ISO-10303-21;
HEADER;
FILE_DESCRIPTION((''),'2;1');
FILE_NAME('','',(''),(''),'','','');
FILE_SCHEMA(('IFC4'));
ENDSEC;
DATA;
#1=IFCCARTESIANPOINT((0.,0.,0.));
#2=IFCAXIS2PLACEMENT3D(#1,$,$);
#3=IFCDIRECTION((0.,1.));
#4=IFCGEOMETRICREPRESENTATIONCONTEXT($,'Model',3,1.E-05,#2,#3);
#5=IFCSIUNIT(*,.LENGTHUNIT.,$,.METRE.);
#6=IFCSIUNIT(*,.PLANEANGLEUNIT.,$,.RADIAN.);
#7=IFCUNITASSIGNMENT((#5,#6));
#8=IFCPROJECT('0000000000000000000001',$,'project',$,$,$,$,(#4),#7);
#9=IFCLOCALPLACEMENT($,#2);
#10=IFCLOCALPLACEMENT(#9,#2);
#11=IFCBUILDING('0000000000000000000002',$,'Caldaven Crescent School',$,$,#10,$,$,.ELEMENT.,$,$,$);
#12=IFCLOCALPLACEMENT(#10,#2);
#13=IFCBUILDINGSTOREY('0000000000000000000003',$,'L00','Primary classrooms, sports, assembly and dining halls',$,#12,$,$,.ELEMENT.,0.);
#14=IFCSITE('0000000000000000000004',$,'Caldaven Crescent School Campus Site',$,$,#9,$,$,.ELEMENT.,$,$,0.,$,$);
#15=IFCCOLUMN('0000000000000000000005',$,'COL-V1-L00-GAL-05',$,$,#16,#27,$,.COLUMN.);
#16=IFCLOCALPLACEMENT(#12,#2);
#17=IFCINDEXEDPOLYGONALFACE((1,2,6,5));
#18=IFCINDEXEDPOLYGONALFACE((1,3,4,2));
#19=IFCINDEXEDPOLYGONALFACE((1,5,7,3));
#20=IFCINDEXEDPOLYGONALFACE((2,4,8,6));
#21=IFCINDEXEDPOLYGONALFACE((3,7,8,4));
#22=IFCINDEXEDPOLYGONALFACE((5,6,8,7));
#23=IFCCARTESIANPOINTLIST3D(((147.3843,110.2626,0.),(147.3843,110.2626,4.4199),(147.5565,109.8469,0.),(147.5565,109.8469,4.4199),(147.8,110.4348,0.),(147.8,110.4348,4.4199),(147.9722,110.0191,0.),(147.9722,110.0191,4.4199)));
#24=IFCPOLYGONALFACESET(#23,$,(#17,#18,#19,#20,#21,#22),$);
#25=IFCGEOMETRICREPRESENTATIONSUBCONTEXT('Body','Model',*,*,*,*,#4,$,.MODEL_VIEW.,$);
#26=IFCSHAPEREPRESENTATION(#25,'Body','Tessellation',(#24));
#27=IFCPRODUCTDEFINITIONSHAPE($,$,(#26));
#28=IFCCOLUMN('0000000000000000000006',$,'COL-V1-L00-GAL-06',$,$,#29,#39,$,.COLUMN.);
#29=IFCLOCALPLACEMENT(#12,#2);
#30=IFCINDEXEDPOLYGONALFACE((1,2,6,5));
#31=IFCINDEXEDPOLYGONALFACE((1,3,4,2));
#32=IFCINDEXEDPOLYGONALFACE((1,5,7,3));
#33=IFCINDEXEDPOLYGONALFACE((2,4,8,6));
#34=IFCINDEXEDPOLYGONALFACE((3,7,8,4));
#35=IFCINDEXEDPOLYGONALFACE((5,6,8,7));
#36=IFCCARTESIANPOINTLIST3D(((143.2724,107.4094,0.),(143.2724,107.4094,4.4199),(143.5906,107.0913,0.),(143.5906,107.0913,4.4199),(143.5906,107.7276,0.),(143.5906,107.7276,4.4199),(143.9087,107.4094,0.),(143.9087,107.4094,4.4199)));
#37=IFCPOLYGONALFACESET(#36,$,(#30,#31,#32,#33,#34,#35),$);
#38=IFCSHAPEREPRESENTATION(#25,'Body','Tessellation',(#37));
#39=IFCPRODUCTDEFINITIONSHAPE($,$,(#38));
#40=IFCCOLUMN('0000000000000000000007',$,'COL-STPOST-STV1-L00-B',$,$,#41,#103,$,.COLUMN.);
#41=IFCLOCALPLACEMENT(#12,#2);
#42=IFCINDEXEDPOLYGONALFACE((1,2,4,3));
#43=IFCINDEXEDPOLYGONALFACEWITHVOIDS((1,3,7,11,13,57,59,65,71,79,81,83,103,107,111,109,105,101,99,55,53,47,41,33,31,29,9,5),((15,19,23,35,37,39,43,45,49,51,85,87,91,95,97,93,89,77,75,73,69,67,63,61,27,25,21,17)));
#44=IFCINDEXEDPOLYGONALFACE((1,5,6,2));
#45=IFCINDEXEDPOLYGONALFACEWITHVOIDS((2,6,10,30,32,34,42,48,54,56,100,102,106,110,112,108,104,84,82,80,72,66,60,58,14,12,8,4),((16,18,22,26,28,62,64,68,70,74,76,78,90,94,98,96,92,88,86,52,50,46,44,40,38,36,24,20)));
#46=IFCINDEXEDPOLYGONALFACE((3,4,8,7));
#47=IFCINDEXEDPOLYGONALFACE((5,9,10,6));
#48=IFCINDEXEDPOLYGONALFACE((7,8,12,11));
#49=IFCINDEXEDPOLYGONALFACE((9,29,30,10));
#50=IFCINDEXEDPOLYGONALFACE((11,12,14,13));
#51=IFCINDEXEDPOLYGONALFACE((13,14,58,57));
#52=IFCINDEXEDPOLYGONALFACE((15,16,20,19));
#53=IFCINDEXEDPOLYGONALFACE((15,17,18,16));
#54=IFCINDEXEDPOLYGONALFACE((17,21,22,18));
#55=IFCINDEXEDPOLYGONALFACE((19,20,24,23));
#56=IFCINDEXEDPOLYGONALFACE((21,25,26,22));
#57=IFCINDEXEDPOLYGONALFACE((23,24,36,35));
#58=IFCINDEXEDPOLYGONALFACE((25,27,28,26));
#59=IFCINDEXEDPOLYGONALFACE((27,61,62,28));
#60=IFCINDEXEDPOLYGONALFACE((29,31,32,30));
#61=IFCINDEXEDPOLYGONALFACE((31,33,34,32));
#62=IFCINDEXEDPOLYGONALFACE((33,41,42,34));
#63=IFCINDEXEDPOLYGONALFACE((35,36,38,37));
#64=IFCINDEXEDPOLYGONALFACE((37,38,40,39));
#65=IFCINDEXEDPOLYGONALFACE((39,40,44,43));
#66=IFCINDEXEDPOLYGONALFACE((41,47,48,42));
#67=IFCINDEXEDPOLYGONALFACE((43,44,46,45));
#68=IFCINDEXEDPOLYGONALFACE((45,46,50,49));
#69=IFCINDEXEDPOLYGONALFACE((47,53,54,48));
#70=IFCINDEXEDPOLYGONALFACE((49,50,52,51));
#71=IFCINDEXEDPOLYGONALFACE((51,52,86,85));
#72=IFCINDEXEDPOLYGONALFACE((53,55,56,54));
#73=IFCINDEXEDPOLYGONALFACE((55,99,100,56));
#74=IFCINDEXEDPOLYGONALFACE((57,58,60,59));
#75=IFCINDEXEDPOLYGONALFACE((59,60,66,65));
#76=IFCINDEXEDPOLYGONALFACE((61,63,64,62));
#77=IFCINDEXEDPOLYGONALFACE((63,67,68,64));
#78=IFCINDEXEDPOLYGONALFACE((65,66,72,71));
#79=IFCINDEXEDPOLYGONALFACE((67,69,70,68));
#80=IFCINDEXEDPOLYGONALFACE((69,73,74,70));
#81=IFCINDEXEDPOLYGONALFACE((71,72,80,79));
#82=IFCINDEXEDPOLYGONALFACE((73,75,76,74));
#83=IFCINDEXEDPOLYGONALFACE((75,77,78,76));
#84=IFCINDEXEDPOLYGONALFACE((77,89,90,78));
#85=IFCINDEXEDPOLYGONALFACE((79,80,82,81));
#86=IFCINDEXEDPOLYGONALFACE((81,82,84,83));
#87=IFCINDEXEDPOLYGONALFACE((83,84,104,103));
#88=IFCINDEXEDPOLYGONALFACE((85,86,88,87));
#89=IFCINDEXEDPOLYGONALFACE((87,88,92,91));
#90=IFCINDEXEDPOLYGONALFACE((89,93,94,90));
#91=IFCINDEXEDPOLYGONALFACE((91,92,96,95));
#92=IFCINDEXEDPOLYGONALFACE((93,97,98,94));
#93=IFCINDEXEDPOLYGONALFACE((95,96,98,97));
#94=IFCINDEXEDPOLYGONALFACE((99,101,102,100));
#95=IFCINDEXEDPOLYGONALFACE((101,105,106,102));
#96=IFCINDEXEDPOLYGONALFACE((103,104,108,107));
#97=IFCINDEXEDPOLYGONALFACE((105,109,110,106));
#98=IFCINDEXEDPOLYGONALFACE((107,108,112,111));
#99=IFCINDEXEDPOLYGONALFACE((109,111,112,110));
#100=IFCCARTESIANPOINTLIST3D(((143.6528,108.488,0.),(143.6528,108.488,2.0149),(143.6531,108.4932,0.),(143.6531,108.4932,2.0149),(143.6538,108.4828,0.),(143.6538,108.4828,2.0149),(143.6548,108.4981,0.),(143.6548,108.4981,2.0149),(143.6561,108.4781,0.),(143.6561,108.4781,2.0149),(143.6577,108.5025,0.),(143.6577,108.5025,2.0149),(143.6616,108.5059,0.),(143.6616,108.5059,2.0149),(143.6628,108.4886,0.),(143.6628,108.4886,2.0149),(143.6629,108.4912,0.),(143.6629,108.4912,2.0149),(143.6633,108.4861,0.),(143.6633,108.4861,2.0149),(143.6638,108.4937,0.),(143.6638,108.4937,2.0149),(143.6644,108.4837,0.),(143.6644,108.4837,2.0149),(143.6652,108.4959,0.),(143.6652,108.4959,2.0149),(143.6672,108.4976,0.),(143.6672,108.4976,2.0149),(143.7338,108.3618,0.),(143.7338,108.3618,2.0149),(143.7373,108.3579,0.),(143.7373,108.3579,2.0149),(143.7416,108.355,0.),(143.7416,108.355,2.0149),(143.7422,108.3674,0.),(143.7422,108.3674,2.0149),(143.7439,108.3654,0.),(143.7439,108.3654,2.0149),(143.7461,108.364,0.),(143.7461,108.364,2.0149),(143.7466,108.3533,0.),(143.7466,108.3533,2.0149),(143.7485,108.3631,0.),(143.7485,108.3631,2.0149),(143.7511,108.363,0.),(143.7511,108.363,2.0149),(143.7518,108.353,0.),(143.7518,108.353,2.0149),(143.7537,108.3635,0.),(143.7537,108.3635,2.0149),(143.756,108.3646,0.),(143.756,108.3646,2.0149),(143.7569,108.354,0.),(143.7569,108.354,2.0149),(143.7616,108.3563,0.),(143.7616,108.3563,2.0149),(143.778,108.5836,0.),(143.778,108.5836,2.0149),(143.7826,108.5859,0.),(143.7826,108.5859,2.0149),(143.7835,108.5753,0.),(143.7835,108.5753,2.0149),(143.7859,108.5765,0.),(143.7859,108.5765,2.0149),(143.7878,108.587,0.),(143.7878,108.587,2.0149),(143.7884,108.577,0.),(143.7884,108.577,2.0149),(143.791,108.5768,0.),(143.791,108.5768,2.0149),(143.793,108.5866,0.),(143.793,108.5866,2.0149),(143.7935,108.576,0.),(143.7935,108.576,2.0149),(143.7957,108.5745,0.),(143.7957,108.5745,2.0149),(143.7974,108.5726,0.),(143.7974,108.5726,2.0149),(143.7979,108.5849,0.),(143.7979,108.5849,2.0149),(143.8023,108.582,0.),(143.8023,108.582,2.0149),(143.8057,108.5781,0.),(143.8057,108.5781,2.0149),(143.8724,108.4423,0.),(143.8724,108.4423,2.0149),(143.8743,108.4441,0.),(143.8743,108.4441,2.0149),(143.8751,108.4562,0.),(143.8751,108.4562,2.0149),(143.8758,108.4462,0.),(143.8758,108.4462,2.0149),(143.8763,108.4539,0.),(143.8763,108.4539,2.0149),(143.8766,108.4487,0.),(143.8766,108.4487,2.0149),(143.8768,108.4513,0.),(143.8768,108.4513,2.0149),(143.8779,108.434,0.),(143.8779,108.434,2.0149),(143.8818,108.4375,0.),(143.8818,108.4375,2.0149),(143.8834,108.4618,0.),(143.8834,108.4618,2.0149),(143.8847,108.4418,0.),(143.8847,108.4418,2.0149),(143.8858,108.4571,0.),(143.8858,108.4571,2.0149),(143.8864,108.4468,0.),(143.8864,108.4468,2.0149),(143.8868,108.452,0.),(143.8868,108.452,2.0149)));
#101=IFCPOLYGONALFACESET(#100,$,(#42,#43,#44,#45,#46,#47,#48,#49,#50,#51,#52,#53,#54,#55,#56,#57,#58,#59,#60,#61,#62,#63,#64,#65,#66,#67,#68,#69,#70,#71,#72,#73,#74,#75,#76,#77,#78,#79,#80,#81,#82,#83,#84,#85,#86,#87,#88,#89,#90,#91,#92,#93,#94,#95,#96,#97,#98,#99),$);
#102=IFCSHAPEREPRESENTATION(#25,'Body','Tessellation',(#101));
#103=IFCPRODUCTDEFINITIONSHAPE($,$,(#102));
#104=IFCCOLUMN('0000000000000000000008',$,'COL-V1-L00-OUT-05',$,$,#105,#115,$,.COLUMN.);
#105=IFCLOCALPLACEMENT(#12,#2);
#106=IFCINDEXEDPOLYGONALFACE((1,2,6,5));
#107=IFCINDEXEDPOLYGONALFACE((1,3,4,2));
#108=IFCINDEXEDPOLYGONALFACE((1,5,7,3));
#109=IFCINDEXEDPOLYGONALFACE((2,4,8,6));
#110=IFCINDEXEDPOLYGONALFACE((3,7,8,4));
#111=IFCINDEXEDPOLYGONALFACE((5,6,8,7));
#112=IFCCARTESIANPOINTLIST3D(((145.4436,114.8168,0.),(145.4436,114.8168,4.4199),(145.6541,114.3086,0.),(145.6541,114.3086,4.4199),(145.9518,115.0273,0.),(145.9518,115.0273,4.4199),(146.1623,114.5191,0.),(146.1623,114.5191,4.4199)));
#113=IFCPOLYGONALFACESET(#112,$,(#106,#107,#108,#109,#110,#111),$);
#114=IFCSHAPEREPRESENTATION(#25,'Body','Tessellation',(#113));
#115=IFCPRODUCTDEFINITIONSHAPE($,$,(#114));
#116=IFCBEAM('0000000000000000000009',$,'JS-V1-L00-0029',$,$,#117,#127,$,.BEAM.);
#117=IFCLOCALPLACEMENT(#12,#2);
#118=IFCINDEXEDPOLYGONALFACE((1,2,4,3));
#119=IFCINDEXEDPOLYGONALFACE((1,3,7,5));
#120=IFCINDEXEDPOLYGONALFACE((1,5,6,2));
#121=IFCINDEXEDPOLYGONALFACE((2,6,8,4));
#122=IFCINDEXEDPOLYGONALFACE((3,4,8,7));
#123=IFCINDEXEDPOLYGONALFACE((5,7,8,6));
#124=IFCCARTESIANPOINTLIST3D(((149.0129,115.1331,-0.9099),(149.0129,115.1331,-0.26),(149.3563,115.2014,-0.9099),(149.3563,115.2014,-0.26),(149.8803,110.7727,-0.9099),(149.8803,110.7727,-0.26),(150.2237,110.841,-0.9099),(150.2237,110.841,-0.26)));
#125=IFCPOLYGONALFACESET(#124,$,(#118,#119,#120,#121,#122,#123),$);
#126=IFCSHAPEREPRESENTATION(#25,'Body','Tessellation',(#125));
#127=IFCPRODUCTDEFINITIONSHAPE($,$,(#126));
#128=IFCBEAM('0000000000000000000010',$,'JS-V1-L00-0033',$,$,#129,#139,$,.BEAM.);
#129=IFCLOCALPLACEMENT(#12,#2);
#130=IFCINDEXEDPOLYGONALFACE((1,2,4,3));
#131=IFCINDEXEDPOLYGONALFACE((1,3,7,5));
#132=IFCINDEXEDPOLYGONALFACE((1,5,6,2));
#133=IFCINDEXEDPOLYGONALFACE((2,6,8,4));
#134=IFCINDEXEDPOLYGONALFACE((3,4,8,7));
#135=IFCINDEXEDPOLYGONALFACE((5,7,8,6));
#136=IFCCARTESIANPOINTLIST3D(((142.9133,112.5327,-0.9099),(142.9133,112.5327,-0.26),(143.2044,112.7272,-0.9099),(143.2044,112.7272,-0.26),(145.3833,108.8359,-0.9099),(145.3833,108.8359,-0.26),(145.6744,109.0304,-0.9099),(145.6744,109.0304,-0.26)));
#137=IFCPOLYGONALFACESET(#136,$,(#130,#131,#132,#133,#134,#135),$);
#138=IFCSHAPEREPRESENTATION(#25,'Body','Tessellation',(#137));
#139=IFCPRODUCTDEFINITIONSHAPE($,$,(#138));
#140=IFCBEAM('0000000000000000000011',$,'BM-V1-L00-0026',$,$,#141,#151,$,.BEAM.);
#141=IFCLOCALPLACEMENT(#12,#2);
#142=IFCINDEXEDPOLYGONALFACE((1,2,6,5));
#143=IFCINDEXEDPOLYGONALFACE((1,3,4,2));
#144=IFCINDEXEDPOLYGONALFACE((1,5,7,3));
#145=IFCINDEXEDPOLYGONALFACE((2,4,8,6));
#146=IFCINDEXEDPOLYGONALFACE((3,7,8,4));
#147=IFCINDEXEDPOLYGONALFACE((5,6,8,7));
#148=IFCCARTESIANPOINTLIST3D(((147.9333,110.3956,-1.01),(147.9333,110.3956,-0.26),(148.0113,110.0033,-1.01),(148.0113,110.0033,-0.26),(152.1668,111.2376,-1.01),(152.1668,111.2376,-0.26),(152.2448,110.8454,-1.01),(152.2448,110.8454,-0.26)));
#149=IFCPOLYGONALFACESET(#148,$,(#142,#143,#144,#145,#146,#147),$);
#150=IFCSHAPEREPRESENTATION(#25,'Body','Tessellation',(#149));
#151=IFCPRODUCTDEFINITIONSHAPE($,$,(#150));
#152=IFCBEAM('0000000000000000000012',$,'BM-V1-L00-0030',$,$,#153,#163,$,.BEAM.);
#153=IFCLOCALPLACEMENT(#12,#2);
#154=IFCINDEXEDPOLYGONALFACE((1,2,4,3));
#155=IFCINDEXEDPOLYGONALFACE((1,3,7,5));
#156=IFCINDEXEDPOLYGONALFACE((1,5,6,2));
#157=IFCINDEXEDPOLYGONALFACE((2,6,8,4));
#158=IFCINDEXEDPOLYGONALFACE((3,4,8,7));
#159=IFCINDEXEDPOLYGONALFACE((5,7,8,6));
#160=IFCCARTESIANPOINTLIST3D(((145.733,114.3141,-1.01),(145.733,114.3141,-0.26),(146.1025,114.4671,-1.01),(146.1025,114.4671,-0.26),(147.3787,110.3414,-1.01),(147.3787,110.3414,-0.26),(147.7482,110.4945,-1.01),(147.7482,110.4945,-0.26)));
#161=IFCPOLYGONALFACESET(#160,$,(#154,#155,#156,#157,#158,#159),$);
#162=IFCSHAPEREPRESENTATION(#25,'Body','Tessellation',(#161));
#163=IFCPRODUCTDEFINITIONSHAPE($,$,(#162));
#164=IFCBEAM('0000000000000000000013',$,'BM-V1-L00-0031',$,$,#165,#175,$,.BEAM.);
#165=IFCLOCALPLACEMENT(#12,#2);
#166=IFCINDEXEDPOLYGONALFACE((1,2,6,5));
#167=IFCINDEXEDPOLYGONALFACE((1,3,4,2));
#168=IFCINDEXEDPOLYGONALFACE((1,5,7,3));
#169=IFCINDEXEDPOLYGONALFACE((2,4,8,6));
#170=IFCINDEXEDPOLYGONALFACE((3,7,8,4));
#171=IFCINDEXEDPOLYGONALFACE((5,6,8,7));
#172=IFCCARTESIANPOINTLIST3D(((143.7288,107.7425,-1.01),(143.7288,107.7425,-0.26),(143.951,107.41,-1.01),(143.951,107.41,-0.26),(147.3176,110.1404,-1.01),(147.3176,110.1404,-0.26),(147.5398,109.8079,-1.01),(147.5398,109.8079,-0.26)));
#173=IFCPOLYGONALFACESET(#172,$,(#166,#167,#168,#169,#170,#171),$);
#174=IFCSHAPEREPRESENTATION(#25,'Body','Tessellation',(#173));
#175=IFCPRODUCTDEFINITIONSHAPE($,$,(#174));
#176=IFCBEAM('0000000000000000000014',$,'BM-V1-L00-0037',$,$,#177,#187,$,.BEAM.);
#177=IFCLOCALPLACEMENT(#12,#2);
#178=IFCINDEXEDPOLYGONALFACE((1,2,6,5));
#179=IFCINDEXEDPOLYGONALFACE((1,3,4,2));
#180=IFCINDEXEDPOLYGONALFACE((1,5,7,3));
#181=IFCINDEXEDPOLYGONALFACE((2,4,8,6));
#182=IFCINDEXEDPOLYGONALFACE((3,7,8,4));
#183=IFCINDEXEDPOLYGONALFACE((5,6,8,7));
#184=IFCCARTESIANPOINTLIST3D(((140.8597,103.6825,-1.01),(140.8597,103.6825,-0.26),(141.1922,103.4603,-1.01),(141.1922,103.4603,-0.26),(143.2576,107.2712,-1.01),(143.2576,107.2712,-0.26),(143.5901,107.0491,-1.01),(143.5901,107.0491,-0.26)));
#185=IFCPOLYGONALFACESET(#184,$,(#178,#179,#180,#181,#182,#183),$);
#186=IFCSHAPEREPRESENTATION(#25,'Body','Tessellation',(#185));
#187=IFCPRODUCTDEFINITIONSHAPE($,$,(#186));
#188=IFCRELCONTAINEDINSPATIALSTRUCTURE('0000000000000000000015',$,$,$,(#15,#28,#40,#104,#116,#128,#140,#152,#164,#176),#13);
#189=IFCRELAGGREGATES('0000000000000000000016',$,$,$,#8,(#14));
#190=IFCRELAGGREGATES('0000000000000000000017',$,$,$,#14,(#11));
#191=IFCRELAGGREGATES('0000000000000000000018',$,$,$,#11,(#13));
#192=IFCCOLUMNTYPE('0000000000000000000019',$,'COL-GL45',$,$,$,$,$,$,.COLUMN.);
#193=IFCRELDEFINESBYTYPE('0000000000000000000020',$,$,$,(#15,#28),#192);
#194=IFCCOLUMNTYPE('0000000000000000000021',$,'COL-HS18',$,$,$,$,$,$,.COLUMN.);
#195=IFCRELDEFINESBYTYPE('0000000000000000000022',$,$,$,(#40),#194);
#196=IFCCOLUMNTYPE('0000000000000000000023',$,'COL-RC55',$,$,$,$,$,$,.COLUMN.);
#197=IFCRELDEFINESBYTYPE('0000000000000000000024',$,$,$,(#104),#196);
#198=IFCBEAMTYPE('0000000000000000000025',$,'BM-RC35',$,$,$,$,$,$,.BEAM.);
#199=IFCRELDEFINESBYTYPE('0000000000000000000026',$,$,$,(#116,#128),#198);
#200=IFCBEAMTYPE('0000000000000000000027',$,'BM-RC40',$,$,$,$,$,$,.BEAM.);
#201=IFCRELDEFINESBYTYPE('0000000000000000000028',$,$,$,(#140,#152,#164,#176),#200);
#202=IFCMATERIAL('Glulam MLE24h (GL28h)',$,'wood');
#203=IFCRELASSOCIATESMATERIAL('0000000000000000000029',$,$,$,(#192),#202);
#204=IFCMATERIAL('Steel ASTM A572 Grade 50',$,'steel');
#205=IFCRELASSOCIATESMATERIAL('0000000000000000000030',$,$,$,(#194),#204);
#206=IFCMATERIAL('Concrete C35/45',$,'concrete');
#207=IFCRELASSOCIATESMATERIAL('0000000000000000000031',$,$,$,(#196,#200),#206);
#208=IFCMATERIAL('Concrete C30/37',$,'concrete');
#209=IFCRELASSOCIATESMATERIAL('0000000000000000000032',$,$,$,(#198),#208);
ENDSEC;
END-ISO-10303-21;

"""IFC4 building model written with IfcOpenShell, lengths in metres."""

from ifc_helpers import new_model, si_unit, direction, frame, origin, origin_2d, place, context, subcontext, project, spatial, rectangle, hollow_rectangle, extrude, material, material_profile, profile_set, type_object, element, save


model = new_model("IFC4")

# Units and contexts
model_context = context("Model", 3, precision=1e-05, world=origin(), true_north=direction((0.0, 1.0)))
body_context = subcontext(model_context, "Body", "Model", "MODEL_VIEW")
ifc_project = project(units=[si_unit("LENGTHUNIT", "METRE"), si_unit("PLANEANGLEUNIT", "RADIAN")], contexts=[model_context])

# Site, building, storey
site_placement = place(None, origin())
site = spatial("IfcSite", under=ifc_project, at=site_placement, Name="Caldaven Crescent School Campus Site", CompositionType="ELEMENT", RefElevation=0.0)
building_placement = place(site_placement, origin())
building = spatial("IfcBuilding", under=site, at=building_placement, Name="Caldaven Crescent School", CompositionType="ELEMENT")
storey_placement = place(building_placement, origin())
storey = spatial("IfcBuildingStorey", under=building, at=storey_placement, Name="L00", Description="Primary classrooms, sports, assembly and dining halls", CompositionType="ELEMENT", Elevation=0.0)

# Columns
ifc_material_1 = material(Name="Glulam MLE24h (GL28h)", Category="wood")
ifc_material_profile_1 = material_profile(ifc_material_1, rectangle(XDim=0.45, YDim=0.45, at=origin_2d()), Name="MLE 450x450")
ifc_profile_set_1 = profile_set([ifc_material_profile_1], Name="Glulam MLE24h (GL28h)")
column_type_1 = type_object("IfcColumnType", Name="COL-GL45", PredefinedType="COLUMN", material=ifc_profile_set_1)
for number, where, z_axis, x_axis, name in (
    (1, (147.6782, 110.1409, 0.0), (0.0, 0.0, 1.0), (-0.382683, 0.92388, 0.0), "COL-V1-L00-GAL-05"),
    (2, (143.5906, 107.4094, 0.0), (0.0, 0.0, 1.0), (-0.707107, 0.707107, 0.0), "COL-V1-L00-GAL-06"),
):
    element("IfcColumn", number, at=place(storey_placement, frame(where, z_axis=z_axis, x_axis=x_axis)), inside=storey, type_object=column_type_1, Name=name, PredefinedType="COLUMN", context=body_context, shape_type="SweptSolid", body=[
        extrude(rectangle(XDim=0.45, YDim=0.45, at=origin_2d()), origin(), (0.0, 0.0, 1.0), 4.4199),
    ])
ifc_material_2 = material(Name="Steel ASTM A572 Grade 50", Category="steel")
ifc_material_profile_2 = material_profile(ifc_material_2, hollow_rectangle(XDim=0.1799, YDim=0.1799, WallThickness=0.01, InnerFilletRadius=0.01, OuterFilletRadius=0.02, at=origin_2d()), Name="HSS 180x180x10")
ifc_profile_set_2 = profile_set([ifc_material_profile_2], Name="Steel ASTM A572 Grade 50")
column_type_2 = type_object("IfcColumnType", Name="COL-HS18", PredefinedType="COLUMN", material=ifc_profile_set_2)
column_1_placement = place(storey_placement, frame((143.7698, 108.47, 0.0), z_axis=(0.0, 0.0, 1.0), x_axis=(-0.83147, -0.55557, 0.0)))
element("IfcColumn", 3, at=column_1_placement, inside=storey, type_object=column_type_2, Name="COL-STPOST-STV1-L00-B", PredefinedType="COLUMN", context=body_context, shape_type="SweptSolid", body=[
    extrude(hollow_rectangle(XDim=0.1799, YDim=0.1799, WallThickness=0.01, InnerFilletRadius=0.01, OuterFilletRadius=0.02, at=origin_2d()), origin(), (0.0, 0.0, 1.0), 2.0149),
])
ifc_material_3 = material(Name="Concrete C35/45", Category="concrete")
ifc_material_profile_3 = material_profile(ifc_material_3, rectangle(XDim=0.55, YDim=0.55, at=origin_2d()), Name="RC 550x550")
ifc_profile_set_3 = profile_set([ifc_material_profile_3], Name="Concrete C35/45")
column_type_3 = type_object("IfcColumnType", Name="COL-RC55", PredefinedType="COLUMN", material=ifc_profile_set_3)
column_2_placement = place(storey_placement, frame((145.803, 114.668, 0.0), z_axis=(0.0, 0.0, 1.0), x_axis=(-0.382683, 0.92388, 0.0)))
element("IfcColumn", 4, at=column_2_placement, inside=storey, type_object=column_type_3, Name="COL-V1-L00-OUT-05", PredefinedType="COLUMN", context=body_context, shape_type="SweptSolid", body=[
    extrude(rectangle(XDim=0.55, YDim=0.55, at=origin_2d()), origin(), (0.0, 0.0, 1.0), 4.4199),
])

# Beams
ifc_material_4 = material(Name="Concrete C30/37", Category="concrete")
ifc_material_profile_4 = material_profile(ifc_material_4, rectangle(XDim=0.3501, YDim=0.6499, at=origin_2d()), Name="RC 350x650")
ifc_profile_set_4 = profile_set([ifc_material_profile_4], Name="Concrete C30/37")
beam_type_1 = type_object("IfcBeamType", Name="BM-RC35", PredefinedType="BEAM", material=ifc_profile_set_4)
beam_1_placement = place(storey_placement, frame((150.052, 110.8069, -0.585), z_axis=(-0.195113, 0.980781, 0.0), x_axis=(-0.980781, -0.195113, 0.0)))
element("IfcBeam", 5, at=beam_1_placement, inside=storey, type_object=beam_type_1, Name="JS-V1-L00-0029", PredefinedType="BEAM", context=body_context, shape_type="SweptSolid", body=[
    extrude(rectangle(XDim=0.3501, YDim=0.6499, at=origin_2d()), origin(), (0.0, 0.0, 1.0), 4.4458),
])
beam_2_placement = place(storey_placement, frame((145.5288, 108.9331, -0.585), z_axis=(-0.555549, 0.831484, 0.0), x_axis=(-0.831484, -0.555549, 0.0)))
element("IfcBeam", 6, at=beam_2_placement, inside=storey, type_object=beam_type_1, Name="JS-V1-L00-0033", PredefinedType="BEAM", context=body_context, shape_type="SweptSolid", body=[
    extrude(rectangle(XDim=0.3501, YDim=0.6499, at=origin_2d()), origin(), (0.0, 0.0, 1.0), 4.446),
])
ifc_material_profile_5 = material_profile(ifc_material_3, rectangle(XDim=0.3999, YDim=0.75, at=origin_2d()), Name="RC 400x750")
ifc_profile_set_5 = profile_set([ifc_material_profile_5], Name="Concrete C35/45")
beam_type_2 = type_object("IfcBeamType", Name="BM-RC40", PredefinedType="BEAM", material=ifc_profile_set_5)
beam_3_placement = place(storey_placement, frame((152.2058, 111.0415, -0.635), z_axis=(-0.980787, -0.195083, 0.0), x_axis=(0.195083, -0.980787, 0.0)))
element("IfcBeam", 7, at=beam_3_placement, inside=storey, type_object=beam_type_2, Name="BM-V1-L00-0026", PredefinedType="BEAM", context=body_context, shape_type="SweptSolid", body=[
    extrude(rectangle(XDim=0.3999, YDim=0.75, at=origin_2d()), origin(), (0.0, 0.0, 1.0), 4.3164),
])
beam_4_placement = place(storey_placement, frame((147.5635, 110.418, -0.635), z_axis=(-0.382728, 0.923861, 0.0), x_axis=(-0.923861, -0.382728, 0.0)))
element("IfcBeam", 8, at=beam_4_placement, inside=storey, type_object=beam_type_2, Name="BM-V1-L00-0030", PredefinedType="BEAM", context=body_context, shape_type="SweptSolid", body=[
    extrude(rectangle(XDim=0.3999, YDim=0.75, at=origin_2d()), origin(), (0.0, 0.0, 1.0), 4.3),
])
for number, where, z_axis, x_axis, name in (
    (9, (147.4287, 109.9741, -0.635), (-0.831476, -0.555561, 0.0), (0.555561, -0.831476, 0.0), "BM-V1-L00-0031"),
    (10, (143.4238, 107.1602, -0.635), (-0.555561, -0.831476, 0.0), (0.831476, -0.555561, 0.0), "BM-V1-L00-0037"),
):
    element("IfcBeam", number, at=place(storey_placement, frame(where, z_axis=z_axis, x_axis=x_axis)), inside=storey, type_object=beam_type_2, Name=name, PredefinedType="BEAM", context=body_context, shape_type="SweptSolid", body=[
        extrude(rectangle(XDim=0.3999, YDim=0.75, at=origin_2d()), origin(), (0.0, 0.0, 1.0), 4.3162),
    ])

save(model, "model.ifc")
